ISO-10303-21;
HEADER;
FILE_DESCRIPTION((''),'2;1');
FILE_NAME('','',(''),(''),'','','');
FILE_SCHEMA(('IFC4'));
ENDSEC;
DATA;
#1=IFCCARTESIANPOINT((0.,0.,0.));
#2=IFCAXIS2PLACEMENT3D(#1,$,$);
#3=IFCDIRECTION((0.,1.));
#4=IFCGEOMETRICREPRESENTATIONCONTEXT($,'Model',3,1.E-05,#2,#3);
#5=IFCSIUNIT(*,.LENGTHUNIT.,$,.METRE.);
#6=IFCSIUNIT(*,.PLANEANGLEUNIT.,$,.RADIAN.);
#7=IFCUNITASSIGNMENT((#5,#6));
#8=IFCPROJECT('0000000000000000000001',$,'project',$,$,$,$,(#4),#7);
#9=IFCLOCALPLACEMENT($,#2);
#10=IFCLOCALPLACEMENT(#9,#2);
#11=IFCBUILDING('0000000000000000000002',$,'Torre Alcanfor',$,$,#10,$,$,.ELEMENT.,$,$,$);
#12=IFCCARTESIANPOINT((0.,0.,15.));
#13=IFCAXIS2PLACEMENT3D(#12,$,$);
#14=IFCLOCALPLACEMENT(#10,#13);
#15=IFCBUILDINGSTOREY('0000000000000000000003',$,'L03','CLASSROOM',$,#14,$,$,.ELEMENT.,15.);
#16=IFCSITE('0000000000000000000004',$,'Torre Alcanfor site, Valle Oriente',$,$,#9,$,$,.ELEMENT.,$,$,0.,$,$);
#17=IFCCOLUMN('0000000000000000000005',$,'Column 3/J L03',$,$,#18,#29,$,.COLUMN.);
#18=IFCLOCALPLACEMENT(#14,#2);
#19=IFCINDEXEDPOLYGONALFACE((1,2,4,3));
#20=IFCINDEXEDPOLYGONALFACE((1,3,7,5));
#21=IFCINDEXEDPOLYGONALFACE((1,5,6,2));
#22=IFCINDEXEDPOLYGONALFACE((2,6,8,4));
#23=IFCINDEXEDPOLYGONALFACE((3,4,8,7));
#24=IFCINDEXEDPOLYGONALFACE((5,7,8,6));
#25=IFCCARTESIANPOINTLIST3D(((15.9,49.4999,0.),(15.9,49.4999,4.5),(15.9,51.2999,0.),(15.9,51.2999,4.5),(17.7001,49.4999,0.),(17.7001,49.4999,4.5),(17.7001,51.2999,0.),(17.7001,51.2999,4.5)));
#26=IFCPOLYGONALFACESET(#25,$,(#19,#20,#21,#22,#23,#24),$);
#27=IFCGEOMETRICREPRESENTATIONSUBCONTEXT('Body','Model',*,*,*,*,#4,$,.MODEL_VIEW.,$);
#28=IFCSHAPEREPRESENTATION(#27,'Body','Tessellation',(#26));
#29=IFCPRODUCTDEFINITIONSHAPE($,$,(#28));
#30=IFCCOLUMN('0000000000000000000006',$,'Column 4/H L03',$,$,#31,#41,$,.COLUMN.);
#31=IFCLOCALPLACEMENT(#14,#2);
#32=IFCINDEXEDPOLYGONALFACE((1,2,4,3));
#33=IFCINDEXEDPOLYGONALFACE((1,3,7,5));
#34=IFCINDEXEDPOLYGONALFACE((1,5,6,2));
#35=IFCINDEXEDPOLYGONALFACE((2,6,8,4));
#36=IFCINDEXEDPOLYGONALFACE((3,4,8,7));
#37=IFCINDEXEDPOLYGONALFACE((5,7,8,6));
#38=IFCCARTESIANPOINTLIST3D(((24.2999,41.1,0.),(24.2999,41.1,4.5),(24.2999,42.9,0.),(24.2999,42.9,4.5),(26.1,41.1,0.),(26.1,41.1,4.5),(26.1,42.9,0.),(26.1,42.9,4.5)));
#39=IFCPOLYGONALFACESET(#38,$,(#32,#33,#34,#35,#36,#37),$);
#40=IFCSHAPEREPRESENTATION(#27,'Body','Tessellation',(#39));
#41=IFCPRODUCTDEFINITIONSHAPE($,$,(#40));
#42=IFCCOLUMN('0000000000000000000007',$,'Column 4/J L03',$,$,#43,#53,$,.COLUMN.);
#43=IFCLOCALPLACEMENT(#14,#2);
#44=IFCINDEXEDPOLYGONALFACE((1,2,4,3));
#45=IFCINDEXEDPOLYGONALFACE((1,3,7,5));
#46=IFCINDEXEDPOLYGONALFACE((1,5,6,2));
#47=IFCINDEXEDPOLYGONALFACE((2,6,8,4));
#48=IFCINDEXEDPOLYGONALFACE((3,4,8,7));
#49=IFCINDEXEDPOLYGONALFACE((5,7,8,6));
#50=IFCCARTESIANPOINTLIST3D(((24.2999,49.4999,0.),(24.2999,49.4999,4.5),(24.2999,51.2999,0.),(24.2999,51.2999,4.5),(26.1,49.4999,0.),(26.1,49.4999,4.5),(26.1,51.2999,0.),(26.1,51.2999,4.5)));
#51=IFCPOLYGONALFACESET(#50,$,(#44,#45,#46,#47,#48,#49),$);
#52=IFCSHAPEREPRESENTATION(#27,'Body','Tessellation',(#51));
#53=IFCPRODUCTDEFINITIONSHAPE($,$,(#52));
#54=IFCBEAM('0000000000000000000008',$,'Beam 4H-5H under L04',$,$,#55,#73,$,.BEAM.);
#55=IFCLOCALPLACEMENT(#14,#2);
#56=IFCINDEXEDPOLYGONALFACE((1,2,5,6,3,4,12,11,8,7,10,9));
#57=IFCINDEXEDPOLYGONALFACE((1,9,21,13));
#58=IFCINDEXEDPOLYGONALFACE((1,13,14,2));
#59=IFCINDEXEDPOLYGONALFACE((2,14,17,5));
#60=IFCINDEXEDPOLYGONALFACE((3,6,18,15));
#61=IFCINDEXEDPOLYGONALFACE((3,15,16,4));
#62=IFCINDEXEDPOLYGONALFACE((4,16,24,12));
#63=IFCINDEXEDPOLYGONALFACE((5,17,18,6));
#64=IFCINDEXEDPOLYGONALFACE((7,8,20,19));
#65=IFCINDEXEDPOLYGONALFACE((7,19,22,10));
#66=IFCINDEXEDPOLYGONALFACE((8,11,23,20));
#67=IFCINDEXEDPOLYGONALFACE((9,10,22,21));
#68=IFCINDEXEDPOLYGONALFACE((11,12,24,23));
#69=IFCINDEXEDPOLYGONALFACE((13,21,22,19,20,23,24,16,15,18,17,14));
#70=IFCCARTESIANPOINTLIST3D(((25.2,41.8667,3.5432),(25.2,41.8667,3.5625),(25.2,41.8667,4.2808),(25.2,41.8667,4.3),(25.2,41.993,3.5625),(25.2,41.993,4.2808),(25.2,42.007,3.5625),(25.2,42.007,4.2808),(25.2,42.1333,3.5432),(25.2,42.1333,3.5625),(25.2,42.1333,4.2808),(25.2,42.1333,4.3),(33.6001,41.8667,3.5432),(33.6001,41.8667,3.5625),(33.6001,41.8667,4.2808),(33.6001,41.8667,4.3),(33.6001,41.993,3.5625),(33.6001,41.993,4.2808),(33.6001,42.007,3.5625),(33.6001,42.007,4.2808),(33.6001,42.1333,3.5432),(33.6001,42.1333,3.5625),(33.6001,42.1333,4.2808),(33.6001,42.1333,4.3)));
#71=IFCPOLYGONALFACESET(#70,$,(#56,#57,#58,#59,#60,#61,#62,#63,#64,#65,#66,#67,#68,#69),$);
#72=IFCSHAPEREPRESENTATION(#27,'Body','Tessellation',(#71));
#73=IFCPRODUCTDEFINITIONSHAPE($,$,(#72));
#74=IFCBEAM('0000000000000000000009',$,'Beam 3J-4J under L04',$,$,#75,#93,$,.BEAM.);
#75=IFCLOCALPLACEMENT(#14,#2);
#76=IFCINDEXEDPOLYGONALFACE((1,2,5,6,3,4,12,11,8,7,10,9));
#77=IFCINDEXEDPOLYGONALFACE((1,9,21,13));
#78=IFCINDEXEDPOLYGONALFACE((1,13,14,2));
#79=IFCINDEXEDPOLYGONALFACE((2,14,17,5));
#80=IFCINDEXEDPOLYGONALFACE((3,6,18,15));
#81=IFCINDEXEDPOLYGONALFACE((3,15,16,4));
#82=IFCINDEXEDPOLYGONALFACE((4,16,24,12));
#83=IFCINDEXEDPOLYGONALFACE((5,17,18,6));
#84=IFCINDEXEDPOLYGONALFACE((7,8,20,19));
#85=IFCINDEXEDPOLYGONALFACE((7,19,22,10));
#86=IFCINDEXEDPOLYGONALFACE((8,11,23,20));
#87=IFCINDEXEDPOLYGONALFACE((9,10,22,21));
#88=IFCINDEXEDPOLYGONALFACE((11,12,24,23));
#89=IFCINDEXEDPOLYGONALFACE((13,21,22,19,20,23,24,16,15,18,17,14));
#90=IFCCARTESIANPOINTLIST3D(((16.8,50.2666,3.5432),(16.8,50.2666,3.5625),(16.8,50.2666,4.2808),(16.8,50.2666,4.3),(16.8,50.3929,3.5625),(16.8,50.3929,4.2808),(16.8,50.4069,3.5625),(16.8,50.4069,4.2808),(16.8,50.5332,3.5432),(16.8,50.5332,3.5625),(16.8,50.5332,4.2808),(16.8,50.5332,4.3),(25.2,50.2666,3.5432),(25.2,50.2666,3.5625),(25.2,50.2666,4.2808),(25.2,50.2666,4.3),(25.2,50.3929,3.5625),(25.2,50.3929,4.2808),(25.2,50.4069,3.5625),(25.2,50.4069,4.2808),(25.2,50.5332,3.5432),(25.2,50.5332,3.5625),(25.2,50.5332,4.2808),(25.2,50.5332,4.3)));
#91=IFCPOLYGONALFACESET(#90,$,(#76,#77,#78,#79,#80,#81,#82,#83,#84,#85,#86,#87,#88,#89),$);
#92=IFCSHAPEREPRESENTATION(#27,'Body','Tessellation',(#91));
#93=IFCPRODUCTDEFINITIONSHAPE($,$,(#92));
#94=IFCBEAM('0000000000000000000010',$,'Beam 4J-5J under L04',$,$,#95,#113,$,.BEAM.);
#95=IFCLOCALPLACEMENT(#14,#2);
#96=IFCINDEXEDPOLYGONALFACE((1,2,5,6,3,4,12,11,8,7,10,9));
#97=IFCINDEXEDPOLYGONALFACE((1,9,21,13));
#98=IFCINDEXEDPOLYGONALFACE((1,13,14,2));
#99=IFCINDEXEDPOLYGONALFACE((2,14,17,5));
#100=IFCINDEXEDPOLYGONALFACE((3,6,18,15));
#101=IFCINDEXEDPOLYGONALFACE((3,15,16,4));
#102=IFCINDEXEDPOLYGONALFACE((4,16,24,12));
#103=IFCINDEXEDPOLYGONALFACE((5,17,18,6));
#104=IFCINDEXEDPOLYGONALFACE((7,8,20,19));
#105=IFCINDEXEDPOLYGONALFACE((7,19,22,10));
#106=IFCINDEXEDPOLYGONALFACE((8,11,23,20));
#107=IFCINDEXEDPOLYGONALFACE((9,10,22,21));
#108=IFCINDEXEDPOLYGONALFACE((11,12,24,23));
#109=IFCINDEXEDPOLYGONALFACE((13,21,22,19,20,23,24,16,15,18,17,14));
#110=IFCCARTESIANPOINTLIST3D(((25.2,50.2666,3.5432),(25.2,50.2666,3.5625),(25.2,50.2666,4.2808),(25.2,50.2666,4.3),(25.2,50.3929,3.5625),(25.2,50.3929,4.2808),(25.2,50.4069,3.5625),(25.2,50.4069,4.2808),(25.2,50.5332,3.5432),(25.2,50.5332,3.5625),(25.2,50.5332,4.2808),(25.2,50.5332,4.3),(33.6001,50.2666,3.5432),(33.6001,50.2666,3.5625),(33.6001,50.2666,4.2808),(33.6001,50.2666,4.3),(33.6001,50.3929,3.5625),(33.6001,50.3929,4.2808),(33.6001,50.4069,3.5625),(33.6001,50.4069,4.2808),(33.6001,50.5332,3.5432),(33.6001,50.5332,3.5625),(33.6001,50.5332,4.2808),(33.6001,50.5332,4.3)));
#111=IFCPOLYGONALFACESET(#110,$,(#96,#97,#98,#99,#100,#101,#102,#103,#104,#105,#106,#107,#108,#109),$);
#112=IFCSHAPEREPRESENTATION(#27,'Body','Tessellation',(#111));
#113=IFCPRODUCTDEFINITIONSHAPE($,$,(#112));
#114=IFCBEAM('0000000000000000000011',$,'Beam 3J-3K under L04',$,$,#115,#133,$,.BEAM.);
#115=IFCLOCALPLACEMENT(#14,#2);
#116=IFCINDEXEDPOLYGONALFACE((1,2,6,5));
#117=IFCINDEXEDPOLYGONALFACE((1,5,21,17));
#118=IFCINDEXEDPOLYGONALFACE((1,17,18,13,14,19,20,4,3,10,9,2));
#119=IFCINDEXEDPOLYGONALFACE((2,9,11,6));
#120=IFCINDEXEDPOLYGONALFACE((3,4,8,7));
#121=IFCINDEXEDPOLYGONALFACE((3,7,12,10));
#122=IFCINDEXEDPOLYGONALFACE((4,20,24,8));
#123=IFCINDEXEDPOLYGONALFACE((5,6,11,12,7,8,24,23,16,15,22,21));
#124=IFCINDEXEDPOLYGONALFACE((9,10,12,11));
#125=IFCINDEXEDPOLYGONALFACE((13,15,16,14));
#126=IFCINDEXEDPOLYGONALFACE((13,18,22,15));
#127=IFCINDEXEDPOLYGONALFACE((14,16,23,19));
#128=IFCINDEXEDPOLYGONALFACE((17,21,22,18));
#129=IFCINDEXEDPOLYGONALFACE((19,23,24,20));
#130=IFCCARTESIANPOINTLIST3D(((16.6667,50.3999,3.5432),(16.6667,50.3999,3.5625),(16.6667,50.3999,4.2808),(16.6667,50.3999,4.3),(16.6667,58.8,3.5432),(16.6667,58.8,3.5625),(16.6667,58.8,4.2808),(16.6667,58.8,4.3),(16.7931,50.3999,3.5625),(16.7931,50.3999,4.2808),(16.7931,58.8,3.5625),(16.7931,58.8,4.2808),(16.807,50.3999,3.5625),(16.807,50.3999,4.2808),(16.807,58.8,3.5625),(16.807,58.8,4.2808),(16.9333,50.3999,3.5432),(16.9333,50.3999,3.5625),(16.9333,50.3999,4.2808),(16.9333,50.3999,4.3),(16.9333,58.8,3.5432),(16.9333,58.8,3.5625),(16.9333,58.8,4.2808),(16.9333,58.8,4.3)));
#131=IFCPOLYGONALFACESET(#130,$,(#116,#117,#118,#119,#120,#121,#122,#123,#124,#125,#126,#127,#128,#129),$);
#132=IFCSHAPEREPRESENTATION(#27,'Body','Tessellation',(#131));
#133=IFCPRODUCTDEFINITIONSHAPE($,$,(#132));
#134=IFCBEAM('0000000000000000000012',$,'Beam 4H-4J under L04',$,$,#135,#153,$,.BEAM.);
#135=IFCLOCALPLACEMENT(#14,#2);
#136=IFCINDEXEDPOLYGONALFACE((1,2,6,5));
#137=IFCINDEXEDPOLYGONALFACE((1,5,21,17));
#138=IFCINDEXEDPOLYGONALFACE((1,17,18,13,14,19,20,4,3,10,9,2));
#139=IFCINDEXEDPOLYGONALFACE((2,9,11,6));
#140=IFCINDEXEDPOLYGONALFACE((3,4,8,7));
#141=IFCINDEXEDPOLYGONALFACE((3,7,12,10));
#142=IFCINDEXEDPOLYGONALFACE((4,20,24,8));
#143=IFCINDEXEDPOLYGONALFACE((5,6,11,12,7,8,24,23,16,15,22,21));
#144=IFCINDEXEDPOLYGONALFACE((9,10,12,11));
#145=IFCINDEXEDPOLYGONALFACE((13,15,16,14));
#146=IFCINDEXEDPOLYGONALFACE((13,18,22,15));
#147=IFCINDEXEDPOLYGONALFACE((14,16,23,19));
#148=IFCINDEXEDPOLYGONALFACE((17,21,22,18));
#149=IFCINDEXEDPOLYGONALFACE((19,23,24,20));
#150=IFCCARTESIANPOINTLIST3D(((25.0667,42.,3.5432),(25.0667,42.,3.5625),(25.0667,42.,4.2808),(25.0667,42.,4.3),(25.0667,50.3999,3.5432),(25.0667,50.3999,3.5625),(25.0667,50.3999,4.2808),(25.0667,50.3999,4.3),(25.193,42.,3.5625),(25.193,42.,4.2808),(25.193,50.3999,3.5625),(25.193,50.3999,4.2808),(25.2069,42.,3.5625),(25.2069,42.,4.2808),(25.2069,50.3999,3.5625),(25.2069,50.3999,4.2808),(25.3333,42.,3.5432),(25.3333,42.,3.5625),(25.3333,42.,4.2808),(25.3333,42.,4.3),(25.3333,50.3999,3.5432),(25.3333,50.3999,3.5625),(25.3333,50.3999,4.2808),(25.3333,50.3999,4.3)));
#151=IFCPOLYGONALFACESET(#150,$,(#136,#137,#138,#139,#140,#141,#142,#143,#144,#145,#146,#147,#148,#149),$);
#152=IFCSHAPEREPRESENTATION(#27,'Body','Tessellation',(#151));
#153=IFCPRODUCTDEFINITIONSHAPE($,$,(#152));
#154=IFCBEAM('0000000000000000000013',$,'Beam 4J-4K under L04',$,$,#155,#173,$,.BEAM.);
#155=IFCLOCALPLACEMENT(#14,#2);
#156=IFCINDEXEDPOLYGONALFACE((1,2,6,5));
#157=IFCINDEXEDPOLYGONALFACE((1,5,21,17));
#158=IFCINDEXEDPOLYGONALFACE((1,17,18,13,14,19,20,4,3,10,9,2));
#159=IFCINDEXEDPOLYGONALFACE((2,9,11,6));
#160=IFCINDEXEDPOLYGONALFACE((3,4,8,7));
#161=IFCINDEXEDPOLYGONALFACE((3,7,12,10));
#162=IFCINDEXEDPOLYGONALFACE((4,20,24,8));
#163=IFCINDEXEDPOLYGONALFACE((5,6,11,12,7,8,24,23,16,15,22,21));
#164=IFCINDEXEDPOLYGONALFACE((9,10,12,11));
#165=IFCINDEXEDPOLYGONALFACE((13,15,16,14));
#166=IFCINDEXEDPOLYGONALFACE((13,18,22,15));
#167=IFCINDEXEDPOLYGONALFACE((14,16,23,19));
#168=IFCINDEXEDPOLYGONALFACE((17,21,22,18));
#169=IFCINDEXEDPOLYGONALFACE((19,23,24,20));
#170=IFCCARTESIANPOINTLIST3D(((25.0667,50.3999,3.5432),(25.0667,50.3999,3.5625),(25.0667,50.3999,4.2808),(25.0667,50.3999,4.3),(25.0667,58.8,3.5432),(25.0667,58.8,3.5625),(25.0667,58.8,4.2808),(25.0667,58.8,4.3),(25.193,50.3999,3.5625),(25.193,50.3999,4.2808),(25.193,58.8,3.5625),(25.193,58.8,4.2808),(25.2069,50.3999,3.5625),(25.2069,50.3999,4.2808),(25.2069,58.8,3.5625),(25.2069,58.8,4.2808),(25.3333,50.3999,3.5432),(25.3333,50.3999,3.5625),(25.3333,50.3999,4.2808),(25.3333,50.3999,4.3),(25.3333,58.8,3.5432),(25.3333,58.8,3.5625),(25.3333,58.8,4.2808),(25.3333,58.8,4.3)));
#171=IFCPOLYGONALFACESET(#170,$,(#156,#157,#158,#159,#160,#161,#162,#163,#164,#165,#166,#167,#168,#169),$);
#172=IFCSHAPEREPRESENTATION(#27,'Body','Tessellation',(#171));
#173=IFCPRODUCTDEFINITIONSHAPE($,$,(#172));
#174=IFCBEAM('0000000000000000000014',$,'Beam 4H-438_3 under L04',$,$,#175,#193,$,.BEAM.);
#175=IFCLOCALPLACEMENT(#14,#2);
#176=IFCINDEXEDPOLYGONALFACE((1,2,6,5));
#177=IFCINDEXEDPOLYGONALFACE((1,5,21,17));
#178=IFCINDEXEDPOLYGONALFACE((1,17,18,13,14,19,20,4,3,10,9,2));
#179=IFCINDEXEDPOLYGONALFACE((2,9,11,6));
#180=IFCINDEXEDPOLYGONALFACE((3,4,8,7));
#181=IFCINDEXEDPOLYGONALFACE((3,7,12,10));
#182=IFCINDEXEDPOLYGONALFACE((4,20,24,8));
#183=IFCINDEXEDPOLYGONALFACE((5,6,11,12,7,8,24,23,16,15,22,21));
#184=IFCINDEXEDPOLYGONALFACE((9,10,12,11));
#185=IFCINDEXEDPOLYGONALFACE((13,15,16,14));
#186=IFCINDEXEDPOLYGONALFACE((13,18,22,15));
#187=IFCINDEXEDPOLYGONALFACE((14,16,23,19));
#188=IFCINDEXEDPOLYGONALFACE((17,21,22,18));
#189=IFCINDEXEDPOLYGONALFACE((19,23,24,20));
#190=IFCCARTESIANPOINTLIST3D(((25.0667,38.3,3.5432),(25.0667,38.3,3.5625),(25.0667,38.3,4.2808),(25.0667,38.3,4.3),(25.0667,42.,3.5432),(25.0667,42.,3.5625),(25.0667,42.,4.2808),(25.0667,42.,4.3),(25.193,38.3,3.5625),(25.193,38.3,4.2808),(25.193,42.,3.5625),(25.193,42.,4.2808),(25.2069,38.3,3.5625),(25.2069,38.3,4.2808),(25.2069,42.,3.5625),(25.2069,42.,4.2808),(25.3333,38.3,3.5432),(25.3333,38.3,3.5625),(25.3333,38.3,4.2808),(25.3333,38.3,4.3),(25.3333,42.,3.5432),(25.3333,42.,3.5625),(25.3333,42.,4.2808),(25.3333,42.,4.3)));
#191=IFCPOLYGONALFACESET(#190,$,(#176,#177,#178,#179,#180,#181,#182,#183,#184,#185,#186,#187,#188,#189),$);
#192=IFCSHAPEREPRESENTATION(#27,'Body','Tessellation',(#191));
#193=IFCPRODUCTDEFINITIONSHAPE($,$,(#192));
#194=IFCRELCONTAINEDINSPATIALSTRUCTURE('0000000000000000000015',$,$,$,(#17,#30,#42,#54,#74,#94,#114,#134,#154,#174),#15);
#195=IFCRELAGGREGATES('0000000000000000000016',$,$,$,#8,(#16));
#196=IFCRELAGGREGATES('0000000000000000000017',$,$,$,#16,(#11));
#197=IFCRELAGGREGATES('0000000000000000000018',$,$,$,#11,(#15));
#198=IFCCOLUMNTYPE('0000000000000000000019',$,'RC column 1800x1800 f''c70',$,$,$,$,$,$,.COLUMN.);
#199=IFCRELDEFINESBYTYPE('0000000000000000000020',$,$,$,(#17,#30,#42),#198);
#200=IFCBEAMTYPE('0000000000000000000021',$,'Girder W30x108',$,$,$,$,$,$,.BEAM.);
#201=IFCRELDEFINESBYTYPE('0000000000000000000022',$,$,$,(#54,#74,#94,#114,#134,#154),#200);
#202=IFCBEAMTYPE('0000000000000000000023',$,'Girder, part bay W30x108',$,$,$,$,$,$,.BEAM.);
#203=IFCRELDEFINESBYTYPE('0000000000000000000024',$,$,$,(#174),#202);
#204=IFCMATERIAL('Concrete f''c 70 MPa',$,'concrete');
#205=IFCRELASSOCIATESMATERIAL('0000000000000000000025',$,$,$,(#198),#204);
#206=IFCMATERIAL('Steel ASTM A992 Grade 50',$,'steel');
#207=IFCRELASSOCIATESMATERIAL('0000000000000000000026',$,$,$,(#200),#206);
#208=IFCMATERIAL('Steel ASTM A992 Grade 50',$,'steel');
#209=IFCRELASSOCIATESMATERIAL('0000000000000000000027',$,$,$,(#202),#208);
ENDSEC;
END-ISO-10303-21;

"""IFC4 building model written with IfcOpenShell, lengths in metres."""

from ifc_helpers import new_model, si_unit, direction, frame, origin, origin_2d, place, context, subcontext, project, spatial, rectangle, i_section, extrude, material, material_profile, profile_set, type_object, element, save


model = new_model("IFC4")

# Units and contexts
model_context = context("Model", 3, precision=1e-05, world=origin(), true_north=direction((0.0, 1.0)))
body_context = subcontext(model_context, "Body", "Model", "MODEL_VIEW")
ifc_project = project(units=[si_unit("LENGTHUNIT", "METRE"), si_unit("PLANEANGLEUNIT", "RADIAN")], contexts=[model_context])

# Site, building, storey
site_placement = place(None, origin())
site = spatial("IfcSite", under=ifc_project, at=site_placement, Name="Torre Alcanfor site, Valle Oriente", CompositionType="ELEMENT", RefElevation=0.0)
building_placement = place(site_placement, origin())
building = spatial("IfcBuilding", under=site, at=building_placement, Name="Torre Alcanfor", CompositionType="ELEMENT")
storey_placement = place(building_placement, frame((0.0, 0.0, 15.0)))
storey = spatial("IfcBuildingStorey", under=building, at=storey_placement, Name="L03", Description="CLASSROOM", CompositionType="ELEMENT", Elevation=15.0)

# Columns
ifc_material_1 = material(Name="Concrete f'c 70 MPa", Category="concrete")
ifc_material_profile_1 = material_profile(ifc_material_1, rectangle(XDim=1.8, YDim=1.8, at=origin_2d()), Name="1800x1800")
ifc_profile_set_1 = profile_set([ifc_material_profile_1], Name="Concrete f'c 70 MPa")
column_type = type_object("IfcColumnType", Name="RC column 1800x1800 f'c70", PredefinedType="COLUMN", material=ifc_profile_set_1)
for number, where, z_axis, x_axis, name in (
    (1, (16.8, 50.3999, 0.0), (0.0, 0.0, 1.0), (1.0, 0.0, 0.0), "Column 3/J L03"),
    (2, (25.2, 42.0, 0.0), (0.0, 0.0, 1.0), (1.0, 0.0, 0.0), "Column 4/H L03"),
    (3, (25.2, 50.3999, 0.0), (0.0, 0.0, 1.0), (1.0, 0.0, 0.0), "Column 4/J L03"),
):
    element("IfcColumn", number, at=place(storey_placement, frame(where, z_axis=z_axis, x_axis=x_axis)), inside=storey, type_object=column_type, Name=name, PredefinedType="COLUMN", context=body_context, shape_type="SweptSolid", body=[
        extrude(rectangle(XDim=1.8, YDim=1.8, at=origin_2d()), origin(), (0.0, 0.0, 1.0), 4.5),
    ])

# Beams
ifc_material_2 = material(Name="Steel ASTM A992 Grade 50", Category="steel")
ifc_material_profile_2 = material_profile(ifc_material_2, i_section(OverallWidth=0.2666, OverallDepth=0.7568, WebThickness=0.0139, FlangeThickness=0.0193, at=origin_2d()), Name="W30x108")
ifc_profile_set_2 = profile_set([ifc_material_profile_2], Name="Steel ASTM A992 Grade 50")
beam_type_1 = type_object("IfcBeamType", Name="Girder W30x108", PredefinedType="BEAM", material=ifc_profile_set_2)
beam_1_placement = place(storey_placement, frame((25.2, 42.0, 3.9216), z_axis=(1.0, 0.0, 0.0), x_axis=(0.0, 1.0, 0.0)))
element("IfcBeam", 4, at=beam_1_placement, inside=storey, type_object=beam_type_1, Name="Beam 4H-5H under L04", PredefinedType="BEAM", context=body_context, shape_type="SweptSolid", body=[
    extrude(i_section(OverallWidth=0.2666, OverallDepth=0.7568, WebThickness=0.0139, FlangeThickness=0.0193, at=origin_2d()), origin(), (0.0, 0.0, 1.0), 8.4001),
])
beam_2_placement = place(storey_placement, frame((16.8, 50.3999, 3.9216), z_axis=(1.0, 0.0, 0.0), x_axis=(0.0, 1.0, 0.0)))
element("IfcBeam", 5, at=beam_2_placement, inside=storey, type_object=beam_type_1, Name="Beam 3J-4J under L04", PredefinedType="BEAM", context=body_context, shape_type="SweptSolid", body=[
    extrude(i_section(OverallWidth=0.2666, OverallDepth=0.7568, WebThickness=0.0139, FlangeThickness=0.0193, at=origin_2d()), origin(), (0.0, 0.0, 1.0), 8.3999),
])
for number, where, z_axis, x_axis, name in (
    (6, (25.2, 50.3999, 3.9216), (1.0, 0.0, 0.0), (0.0, 1.0, 0.0), "Beam 4J-5J under L04"),
    (7, (16.8, 50.3999, 3.9216), (0.0, 1.0, 0.0), (-1.0, 0.0, 0.0), "Beam 3J-3K under L04"),
):
    element("IfcBeam", number, at=place(storey_placement, frame(where, z_axis=z_axis, x_axis=x_axis)), inside=storey, type_object=beam_type_1, Name=name, PredefinedType="BEAM", context=body_context, shape_type="SweptSolid", body=[
        extrude(i_section(OverallWidth=0.2666, OverallDepth=0.7568, WebThickness=0.0139, FlangeThickness=0.0193, at=origin_2d()), origin(), (0.0, 0.0, 1.0), 8.4001),
    ])
beam_3_placement = place(storey_placement, frame((25.2, 42.0, 3.9216), z_axis=(0.0, 1.0, 0.0), x_axis=(-1.0, 0.0, 0.0)))
element("IfcBeam", 8, at=beam_3_placement, inside=storey, type_object=beam_type_1, Name="Beam 4H-4J under L04", PredefinedType="BEAM", context=body_context, shape_type="SweptSolid", body=[
    extrude(i_section(OverallWidth=0.2666, OverallDepth=0.7568, WebThickness=0.0139, FlangeThickness=0.0193, at=origin_2d()), origin(), (0.0, 0.0, 1.0), 8.3999),
])
beam_4_placement = place(storey_placement, frame((25.2, 50.3999, 3.9216), z_axis=(0.0, 1.0, 0.0), x_axis=(-1.0, 0.0, 0.0)))
element("IfcBeam", 9, at=beam_4_placement, inside=storey, type_object=beam_type_1, Name="Beam 4J-4K under L04", PredefinedType="BEAM", context=body_context, shape_type="SweptSolid", body=[
    extrude(i_section(OverallWidth=0.2666, OverallDepth=0.7568, WebThickness=0.0139, FlangeThickness=0.0193, at=origin_2d()), origin(), (0.0, 0.0, 1.0), 8.4001),
])
ifc_material_3 = material(Name="Steel ASTM A992 Grade 50", Category="steel")
ifc_material_profile_3 = material_profile(ifc_material_3, i_section(OverallWidth=0.2666, OverallDepth=0.7568, WebThickness=0.0139, FlangeThickness=0.0193, at=origin_2d()), Name="W30x108")
ifc_profile_set_3 = profile_set([ifc_material_profile_3], Name="Steel ASTM A992 Grade 50")
beam_type_2 = type_object("IfcBeamType", Name="Girder, part bay W30x108", PredefinedType="BEAM", material=ifc_profile_set_3)
beam_5_placement = place(storey_placement, frame((25.2, 42.0, 3.9216), z_axis=(0.0, -1.0, 0.0), x_axis=(1.0, 0.0, 0.0)))
element("IfcBeam", 10, at=beam_5_placement, inside=storey, type_object=beam_type_2, Name="Beam 4H-438_3 under L04", PredefinedType="BEAM", context=body_context, shape_type="SweptSolid", body=[
    extrude(i_section(OverallWidth=0.2666, OverallDepth=0.7568, WebThickness=0.0139, FlangeThickness=0.0193, at=origin_2d()), origin(), (0.0, 0.0, 1.0), 3.7),
])

save(model, "model.ifc")
